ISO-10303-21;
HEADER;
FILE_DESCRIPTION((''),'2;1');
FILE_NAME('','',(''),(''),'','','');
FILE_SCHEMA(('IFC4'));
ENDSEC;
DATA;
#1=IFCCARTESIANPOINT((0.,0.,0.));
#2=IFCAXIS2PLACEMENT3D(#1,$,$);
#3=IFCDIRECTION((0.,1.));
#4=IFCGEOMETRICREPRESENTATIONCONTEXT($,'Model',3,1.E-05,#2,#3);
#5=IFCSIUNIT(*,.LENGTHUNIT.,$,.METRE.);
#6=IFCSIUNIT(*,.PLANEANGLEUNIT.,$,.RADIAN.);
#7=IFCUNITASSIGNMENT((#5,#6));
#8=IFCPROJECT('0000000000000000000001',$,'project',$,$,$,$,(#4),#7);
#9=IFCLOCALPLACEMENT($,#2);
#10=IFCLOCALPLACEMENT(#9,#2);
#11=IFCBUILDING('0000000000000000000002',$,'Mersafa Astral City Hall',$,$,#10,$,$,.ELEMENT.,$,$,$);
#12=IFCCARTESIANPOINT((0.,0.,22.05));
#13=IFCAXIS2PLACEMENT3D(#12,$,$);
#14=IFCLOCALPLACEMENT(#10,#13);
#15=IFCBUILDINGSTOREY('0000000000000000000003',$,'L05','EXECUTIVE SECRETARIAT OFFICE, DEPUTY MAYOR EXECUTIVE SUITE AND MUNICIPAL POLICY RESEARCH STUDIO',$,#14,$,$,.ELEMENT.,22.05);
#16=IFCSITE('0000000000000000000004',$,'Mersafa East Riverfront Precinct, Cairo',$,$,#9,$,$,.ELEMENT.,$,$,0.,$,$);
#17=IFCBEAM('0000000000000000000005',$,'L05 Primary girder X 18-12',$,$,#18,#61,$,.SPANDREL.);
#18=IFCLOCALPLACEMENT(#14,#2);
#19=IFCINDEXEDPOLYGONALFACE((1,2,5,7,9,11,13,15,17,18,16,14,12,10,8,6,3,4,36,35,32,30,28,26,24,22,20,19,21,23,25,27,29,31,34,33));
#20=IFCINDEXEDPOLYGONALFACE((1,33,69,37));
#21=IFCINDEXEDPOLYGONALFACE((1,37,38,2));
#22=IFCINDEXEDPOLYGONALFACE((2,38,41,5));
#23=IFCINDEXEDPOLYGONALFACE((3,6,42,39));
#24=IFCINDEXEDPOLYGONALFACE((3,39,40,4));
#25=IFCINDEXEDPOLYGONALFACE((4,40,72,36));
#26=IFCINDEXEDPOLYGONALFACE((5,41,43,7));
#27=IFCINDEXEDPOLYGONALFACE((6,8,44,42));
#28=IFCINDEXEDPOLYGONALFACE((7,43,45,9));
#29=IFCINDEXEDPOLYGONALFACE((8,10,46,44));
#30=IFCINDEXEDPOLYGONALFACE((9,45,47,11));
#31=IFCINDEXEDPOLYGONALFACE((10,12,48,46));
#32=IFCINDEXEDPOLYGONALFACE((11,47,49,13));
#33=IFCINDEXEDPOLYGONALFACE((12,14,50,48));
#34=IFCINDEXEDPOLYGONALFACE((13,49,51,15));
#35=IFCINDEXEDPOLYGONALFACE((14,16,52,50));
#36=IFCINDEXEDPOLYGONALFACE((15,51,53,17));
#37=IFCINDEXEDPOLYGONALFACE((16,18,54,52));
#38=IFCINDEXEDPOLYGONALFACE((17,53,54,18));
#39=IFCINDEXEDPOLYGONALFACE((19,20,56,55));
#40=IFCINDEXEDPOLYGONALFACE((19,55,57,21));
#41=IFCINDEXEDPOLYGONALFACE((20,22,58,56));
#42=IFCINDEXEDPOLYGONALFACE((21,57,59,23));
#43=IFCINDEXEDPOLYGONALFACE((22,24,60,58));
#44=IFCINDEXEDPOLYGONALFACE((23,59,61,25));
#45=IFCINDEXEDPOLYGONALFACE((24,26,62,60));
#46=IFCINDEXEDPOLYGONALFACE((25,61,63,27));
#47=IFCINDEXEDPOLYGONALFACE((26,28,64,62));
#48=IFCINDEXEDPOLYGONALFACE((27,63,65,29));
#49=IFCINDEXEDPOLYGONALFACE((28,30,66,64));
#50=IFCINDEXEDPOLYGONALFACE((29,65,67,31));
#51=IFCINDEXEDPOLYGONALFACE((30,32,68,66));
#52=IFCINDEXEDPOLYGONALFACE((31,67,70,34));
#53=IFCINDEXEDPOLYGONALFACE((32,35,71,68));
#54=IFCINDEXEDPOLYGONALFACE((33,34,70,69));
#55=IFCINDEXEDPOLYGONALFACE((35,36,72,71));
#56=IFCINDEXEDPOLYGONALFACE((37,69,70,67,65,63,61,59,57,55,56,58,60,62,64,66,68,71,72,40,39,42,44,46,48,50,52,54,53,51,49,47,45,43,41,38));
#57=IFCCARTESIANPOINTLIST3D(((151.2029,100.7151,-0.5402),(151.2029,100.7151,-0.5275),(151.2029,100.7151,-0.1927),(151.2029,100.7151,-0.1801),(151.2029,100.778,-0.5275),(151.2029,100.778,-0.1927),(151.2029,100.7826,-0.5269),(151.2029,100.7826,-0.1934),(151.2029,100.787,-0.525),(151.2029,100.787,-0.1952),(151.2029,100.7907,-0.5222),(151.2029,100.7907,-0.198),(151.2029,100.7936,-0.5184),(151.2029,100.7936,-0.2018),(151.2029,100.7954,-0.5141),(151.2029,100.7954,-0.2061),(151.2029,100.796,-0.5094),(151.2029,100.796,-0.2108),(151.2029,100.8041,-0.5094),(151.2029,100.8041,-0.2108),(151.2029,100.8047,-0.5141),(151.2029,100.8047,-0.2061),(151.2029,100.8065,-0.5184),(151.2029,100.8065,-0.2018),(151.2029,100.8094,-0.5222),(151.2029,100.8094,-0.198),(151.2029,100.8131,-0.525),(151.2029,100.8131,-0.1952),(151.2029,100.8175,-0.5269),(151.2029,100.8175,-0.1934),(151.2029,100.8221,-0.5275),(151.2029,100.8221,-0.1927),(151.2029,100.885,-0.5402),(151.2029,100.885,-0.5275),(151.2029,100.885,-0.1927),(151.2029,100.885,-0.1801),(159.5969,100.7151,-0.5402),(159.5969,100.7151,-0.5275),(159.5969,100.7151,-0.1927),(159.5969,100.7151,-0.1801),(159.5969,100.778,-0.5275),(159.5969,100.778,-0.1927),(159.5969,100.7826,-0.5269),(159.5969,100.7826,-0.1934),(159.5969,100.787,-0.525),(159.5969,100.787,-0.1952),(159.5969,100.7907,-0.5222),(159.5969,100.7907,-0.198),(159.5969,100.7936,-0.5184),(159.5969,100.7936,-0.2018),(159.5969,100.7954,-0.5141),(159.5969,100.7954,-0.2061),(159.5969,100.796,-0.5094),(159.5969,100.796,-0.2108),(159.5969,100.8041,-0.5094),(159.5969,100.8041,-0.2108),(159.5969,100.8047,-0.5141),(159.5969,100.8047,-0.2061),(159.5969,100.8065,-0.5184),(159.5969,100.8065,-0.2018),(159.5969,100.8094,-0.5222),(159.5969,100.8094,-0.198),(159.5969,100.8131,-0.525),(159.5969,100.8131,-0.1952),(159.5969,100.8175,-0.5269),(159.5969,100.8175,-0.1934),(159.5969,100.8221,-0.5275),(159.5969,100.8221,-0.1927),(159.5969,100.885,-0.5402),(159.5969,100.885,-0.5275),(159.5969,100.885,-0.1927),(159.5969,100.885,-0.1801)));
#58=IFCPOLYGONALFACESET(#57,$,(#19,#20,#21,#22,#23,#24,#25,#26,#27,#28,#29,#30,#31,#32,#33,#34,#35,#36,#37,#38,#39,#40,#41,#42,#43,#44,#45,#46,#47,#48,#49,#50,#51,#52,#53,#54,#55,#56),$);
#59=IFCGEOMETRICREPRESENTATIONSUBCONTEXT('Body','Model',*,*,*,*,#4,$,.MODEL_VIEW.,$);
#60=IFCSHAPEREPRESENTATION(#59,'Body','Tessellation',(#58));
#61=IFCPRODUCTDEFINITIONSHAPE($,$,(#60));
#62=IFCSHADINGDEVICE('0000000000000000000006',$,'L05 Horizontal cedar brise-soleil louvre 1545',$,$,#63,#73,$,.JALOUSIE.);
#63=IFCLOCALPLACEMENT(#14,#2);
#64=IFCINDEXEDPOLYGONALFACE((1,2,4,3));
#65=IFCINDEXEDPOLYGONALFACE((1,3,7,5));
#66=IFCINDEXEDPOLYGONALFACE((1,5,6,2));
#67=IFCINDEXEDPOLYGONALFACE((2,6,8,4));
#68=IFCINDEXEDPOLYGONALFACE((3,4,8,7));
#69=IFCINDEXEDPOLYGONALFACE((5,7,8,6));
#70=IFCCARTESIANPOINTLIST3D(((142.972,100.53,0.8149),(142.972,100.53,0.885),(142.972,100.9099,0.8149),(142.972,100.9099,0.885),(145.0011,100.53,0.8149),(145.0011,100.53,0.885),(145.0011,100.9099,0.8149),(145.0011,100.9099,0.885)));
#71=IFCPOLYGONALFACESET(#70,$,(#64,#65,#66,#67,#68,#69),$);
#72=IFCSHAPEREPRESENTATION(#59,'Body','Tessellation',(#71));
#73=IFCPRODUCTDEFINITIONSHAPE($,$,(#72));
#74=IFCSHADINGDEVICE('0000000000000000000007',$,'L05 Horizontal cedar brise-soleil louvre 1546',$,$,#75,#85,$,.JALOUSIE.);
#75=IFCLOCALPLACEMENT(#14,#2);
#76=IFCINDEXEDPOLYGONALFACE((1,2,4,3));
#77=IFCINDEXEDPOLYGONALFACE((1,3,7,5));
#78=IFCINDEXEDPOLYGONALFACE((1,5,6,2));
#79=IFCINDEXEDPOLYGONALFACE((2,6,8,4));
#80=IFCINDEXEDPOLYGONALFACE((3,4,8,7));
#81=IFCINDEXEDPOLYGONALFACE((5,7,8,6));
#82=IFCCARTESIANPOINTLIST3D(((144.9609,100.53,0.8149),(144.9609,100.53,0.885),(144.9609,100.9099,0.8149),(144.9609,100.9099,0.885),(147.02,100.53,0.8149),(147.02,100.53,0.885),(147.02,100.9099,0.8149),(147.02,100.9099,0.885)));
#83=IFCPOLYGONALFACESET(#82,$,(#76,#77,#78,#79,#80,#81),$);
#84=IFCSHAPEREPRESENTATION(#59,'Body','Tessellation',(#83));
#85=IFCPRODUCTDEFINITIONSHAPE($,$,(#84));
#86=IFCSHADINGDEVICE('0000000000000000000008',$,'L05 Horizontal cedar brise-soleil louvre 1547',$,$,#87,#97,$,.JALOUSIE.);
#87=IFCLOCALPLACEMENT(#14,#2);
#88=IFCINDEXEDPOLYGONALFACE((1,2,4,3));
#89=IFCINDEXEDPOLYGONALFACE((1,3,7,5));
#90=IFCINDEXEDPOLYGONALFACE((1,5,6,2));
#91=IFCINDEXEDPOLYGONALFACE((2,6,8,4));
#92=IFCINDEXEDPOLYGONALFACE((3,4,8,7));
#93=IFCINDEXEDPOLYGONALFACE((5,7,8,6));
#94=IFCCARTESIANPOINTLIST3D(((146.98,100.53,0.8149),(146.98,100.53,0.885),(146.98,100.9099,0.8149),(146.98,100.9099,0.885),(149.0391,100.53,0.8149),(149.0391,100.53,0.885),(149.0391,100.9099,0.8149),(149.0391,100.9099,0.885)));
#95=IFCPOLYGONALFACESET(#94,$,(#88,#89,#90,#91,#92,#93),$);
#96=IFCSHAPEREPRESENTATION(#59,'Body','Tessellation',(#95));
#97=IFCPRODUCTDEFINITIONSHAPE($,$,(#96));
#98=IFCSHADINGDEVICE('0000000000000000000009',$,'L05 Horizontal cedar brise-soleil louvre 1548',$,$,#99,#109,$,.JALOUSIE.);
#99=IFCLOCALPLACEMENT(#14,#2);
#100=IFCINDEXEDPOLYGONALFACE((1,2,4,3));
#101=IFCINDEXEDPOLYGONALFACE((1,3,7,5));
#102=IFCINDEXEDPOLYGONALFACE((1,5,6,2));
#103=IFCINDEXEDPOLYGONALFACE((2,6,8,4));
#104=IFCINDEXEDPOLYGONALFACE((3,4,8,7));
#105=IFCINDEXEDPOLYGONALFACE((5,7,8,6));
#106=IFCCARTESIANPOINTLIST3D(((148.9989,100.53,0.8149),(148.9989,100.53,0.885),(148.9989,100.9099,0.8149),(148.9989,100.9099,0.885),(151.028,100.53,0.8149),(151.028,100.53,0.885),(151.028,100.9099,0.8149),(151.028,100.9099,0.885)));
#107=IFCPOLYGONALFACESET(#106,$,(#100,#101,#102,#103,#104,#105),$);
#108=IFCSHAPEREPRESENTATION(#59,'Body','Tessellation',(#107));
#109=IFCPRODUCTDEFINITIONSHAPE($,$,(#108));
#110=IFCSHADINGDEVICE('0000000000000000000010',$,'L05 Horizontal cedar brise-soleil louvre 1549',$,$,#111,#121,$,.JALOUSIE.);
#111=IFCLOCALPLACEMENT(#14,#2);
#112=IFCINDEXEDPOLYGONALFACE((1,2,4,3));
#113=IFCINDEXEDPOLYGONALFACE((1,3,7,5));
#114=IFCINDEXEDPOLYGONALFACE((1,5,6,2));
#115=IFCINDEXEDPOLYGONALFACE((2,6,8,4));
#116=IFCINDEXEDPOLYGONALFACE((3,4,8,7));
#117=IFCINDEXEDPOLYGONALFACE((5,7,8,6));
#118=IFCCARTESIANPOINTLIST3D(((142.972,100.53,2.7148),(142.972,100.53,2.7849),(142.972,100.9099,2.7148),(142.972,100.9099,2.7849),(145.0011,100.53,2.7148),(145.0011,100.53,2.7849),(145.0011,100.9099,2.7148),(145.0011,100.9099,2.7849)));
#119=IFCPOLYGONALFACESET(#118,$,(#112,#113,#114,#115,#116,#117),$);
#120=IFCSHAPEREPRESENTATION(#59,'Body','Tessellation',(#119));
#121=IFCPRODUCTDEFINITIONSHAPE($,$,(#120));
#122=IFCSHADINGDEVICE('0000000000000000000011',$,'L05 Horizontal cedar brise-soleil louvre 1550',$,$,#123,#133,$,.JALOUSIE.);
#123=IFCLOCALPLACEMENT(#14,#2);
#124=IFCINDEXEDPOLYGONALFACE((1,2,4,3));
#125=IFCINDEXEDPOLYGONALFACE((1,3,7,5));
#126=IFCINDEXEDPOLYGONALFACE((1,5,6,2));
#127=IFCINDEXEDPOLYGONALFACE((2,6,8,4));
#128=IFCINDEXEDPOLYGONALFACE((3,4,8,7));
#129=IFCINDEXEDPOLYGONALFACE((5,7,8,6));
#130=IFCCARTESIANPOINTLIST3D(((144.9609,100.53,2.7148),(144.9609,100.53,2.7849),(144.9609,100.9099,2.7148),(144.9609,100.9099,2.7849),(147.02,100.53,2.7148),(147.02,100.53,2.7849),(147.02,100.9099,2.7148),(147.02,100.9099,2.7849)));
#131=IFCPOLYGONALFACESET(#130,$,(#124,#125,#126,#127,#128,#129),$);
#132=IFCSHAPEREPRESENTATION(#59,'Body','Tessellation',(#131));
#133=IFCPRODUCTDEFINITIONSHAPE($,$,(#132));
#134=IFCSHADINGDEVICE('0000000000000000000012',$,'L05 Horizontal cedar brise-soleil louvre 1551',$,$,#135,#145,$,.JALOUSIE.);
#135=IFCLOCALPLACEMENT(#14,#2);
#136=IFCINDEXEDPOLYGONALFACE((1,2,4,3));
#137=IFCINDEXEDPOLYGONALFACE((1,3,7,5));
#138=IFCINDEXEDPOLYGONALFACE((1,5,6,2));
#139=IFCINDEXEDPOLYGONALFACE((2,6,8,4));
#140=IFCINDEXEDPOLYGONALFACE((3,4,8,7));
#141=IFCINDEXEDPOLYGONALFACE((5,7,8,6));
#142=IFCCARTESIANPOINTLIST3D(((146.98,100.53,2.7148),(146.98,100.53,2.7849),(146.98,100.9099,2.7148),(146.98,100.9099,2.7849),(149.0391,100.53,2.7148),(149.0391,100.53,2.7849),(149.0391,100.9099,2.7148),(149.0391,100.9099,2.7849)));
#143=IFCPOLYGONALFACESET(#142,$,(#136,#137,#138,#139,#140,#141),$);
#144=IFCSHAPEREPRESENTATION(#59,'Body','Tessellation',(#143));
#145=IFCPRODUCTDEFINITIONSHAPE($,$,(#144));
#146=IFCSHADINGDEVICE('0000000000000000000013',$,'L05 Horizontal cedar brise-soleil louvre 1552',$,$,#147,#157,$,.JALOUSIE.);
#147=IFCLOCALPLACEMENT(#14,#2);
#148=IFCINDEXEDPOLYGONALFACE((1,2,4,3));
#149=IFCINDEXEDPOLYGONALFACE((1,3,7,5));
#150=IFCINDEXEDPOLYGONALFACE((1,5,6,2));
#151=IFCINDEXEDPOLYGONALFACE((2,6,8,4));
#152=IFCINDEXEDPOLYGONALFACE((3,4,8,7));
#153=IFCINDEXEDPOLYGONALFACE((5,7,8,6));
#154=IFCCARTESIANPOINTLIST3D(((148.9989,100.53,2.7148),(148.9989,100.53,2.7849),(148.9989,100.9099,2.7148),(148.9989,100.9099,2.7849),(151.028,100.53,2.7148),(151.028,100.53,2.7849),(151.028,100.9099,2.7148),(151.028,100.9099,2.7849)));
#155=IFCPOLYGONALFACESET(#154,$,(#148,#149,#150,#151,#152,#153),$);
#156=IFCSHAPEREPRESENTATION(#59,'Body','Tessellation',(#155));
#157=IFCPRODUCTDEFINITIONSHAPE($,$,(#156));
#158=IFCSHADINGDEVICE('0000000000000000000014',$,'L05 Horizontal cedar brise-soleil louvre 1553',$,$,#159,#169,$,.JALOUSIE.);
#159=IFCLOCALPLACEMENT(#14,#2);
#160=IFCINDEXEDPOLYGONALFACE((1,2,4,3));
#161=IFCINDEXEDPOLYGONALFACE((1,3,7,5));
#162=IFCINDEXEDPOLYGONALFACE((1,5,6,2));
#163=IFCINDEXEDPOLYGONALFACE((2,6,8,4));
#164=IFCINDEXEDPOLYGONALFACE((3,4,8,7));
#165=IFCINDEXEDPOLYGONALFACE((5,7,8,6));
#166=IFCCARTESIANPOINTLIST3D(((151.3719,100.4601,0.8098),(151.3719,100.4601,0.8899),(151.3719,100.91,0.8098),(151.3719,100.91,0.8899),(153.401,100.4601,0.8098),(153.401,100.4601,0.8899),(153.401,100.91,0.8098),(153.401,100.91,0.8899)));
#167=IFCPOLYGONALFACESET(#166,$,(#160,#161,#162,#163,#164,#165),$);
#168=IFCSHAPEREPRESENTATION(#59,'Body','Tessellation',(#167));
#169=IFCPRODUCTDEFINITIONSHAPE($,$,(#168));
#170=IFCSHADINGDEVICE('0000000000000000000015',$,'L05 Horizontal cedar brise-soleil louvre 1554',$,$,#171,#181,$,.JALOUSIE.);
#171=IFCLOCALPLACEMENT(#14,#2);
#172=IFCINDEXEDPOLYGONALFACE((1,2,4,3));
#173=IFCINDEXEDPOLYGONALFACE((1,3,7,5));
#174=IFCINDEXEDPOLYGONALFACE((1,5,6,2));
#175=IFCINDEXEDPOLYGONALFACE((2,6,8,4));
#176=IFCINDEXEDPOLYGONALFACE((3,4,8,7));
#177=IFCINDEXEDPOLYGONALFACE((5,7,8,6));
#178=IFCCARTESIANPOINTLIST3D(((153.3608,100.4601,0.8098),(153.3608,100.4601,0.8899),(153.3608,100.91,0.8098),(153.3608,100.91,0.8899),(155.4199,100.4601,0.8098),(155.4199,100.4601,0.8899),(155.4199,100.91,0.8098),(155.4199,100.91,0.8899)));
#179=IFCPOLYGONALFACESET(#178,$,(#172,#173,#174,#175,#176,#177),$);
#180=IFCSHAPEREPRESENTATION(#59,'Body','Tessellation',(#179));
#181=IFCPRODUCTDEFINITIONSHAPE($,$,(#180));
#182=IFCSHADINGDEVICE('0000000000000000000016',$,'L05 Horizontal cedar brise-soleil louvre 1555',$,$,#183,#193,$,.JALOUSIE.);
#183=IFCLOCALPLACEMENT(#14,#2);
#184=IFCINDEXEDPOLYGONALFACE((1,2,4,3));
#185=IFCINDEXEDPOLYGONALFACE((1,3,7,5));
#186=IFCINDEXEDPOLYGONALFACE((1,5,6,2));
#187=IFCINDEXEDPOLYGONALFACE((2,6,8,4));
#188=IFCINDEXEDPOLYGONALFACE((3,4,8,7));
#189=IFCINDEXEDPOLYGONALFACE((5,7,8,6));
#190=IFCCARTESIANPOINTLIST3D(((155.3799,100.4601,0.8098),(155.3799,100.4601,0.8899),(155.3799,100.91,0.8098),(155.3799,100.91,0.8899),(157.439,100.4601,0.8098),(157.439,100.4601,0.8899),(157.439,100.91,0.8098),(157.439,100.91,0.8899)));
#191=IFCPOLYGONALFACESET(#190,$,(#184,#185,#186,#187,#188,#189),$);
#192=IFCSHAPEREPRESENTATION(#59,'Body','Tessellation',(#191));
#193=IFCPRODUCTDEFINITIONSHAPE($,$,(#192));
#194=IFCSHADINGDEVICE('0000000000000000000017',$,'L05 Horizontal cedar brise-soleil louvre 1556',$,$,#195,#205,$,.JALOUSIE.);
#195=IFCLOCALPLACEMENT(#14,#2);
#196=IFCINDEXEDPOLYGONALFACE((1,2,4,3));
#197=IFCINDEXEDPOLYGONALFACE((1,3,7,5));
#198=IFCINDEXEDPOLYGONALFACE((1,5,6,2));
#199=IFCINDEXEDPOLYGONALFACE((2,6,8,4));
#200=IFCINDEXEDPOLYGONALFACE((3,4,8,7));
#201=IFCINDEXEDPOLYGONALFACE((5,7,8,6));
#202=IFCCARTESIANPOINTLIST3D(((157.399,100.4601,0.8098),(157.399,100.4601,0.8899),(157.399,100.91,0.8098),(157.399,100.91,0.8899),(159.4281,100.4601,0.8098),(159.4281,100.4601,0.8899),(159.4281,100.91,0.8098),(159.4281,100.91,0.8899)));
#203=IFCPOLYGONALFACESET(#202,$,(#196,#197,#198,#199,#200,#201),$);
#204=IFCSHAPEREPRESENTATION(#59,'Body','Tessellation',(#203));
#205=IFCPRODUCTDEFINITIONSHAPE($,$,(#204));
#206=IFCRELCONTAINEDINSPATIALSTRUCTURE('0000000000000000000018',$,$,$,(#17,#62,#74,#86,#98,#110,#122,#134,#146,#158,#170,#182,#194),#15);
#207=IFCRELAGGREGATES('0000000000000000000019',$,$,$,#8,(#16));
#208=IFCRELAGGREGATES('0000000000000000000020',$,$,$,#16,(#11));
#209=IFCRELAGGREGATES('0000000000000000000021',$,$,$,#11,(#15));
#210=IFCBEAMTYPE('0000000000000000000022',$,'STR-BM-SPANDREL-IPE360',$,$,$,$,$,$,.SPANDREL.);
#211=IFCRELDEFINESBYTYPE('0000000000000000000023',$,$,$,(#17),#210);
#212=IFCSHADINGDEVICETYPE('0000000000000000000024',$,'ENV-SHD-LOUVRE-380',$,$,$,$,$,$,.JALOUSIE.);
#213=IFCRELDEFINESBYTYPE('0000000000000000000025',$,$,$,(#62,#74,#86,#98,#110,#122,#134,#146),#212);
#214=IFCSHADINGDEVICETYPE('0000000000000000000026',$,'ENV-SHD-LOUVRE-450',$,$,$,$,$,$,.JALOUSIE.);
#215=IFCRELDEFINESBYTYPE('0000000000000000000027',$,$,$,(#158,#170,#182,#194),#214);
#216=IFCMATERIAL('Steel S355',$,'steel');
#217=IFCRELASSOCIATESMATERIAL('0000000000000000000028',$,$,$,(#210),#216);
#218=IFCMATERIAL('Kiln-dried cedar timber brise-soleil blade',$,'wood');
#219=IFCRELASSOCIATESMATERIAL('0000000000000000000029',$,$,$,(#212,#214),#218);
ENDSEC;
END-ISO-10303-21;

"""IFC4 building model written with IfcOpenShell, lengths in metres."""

from ifc_helpers import new_model, si_unit, direction, frame, origin, origin_2d, place, context, subcontext, project, spatial, rectangle, i_section, extrude, material, material_profile, profile_set, type_object, element, save


model = new_model("IFC4")

# Units and contexts
model_context = context("Model", 3, precision=1e-05, world=origin(), true_north=direction((0.0, 1.0)))
body_context = subcontext(model_context, "Body", "Model", "MODEL_VIEW")
ifc_project = project(units=[si_unit("LENGTHUNIT", "METRE"), si_unit("PLANEANGLEUNIT", "RADIAN")], contexts=[model_context])

# Site, building, storey
site_placement = place(None, origin())
site = spatial("IfcSite", under=ifc_project, at=site_placement, Name="Mersafa East Riverfront Precinct, Cairo", CompositionType="ELEMENT", RefElevation=0.0)
building_placement = place(site_placement, origin())
building = spatial("IfcBuilding", under=site, at=building_placement, Name="Mersafa Astral City Hall", CompositionType="ELEMENT")
storey_placement = place(building_placement, frame((0.0, 0.0, 22.05)))
storey = spatial("IfcBuildingStorey", under=building, at=storey_placement, Name="L05", Description="EXECUTIVE SECRETARIAT OFFICE, DEPUTY MAYOR EXECUTIVE SUITE AND MUNICIPAL POLICY RESEARCH STUDIO", CompositionType="ELEMENT", Elevation=22.05)

# Shared definitions
ifc_material_1 = material(Name="Steel S355", Category="steel")

# Beam
ifc_material_profile_1 = material_profile(ifc_material_1, i_section(OverallWidth=0.1699, OverallDepth=0.3601, WebThickness=0.0081, FlangeThickness=0.0127, FilletRadius=0.0181, at=origin_2d()), Name="IPE 360")
ifc_profile_set_1 = profile_set([ifc_material_profile_1], Name="Steel S355")
beam_type_1 = type_object("IfcBeamType", Name="STR-BM-SPANDREL-IPE360", PredefinedType="SPANDREL", material=ifc_profile_set_1)
beam_placement = place(storey_placement, frame((151.2029, 100.8, -0.3601), z_axis=(1.0, 0.0, 0.0), x_axis=(0.0, 1.0, 0.0)))
element("IfcBeam", 1, at=beam_placement, inside=storey, type_object=beam_type_1, Name="L05 Primary girder X 18-12", PredefinedType="SPANDREL", context=body_context, shape_type="SweptSolid", body=[
    extrude(i_section(OverallWidth=0.1699, OverallDepth=0.3601, WebThickness=0.0081, FlangeThickness=0.0127, FilletRadius=0.0181, at=origin_2d()), origin(), (0.0, 0.0, 1.0), 8.394),
])

# Shading devices
ifc_material_2 = material(Name="Kiln-dried cedar timber brise-soleil blade", Category="wood")
shading_device_type_1 = type_object("IfcShadingDeviceType", Name="ENV-SHD-LOUVRE-380", PredefinedType="JALOUSIE", material=ifc_material_2)
shading_device_1_placement = place(storey_placement, frame((143.9866, 100.72, 0.8149), z_axis=(0.0, 0.0, 1.0), x_axis=(1.0, 0.0, 0.0)))
element("IfcShadingDevice", 2, at=shading_device_1_placement, inside=storey, type_object=shading_device_type_1, Name="L05 Horizontal cedar brise-soleil louvre 1545", PredefinedType="JALOUSIE", context=body_context, shape_type="SweptSolid", body=[
    extrude(rectangle(XDim=2.0291, YDim=0.3799, at=origin_2d()), origin(), (0.0, 0.0, 1.0), 0.0701),
])
for number, where, z_axis, x_axis, name in (
    (3, (145.9905, 100.72, 0.8149), (0.0, 0.0, 1.0), (1.0, 0.0, 0.0), "L05 Horizontal cedar brise-soleil louvre 1546"),
    (4, (148.0095, 100.72, 0.8149), (0.0, 0.0, 1.0), (1.0, 0.0, 0.0), "L05 Horizontal cedar brise-soleil louvre 1547"),
):
    element("IfcShadingDevice", number, at=place(storey_placement, frame(where, z_axis=z_axis, x_axis=x_axis)), inside=storey, type_object=shading_device_type_1, Name=name, PredefinedType="JALOUSIE", context=body_context, shape_type="SweptSolid", body=[
        extrude(rectangle(XDim=2.0591, YDim=0.3799, at=origin_2d()), origin(), (0.0, 0.0, 1.0), 0.0701),
    ])
for number, where, z_axis, x_axis, name in (
    (5, (150.0134, 100.72, 0.8149), (0.0, 0.0, 1.0), (1.0, 0.0, 0.0), "L05 Horizontal cedar brise-soleil louvre 1548"),
    (6, (143.9866, 100.72, 2.7148), (0.0, 0.0, 1.0), (1.0, 0.0, 0.0), "L05 Horizontal cedar brise-soleil louvre 1549"),
):
    element("IfcShadingDevice", number, at=place(storey_placement, frame(where, z_axis=z_axis, x_axis=x_axis)), inside=storey, type_object=shading_device_type_1, Name=name, PredefinedType="JALOUSIE", context=body_context, shape_type="SweptSolid", body=[
        extrude(rectangle(XDim=2.0291, YDim=0.3799, at=origin_2d()), origin(), (0.0, 0.0, 1.0), 0.0701),
    ])
for number, where, z_axis, x_axis, name in (
    (7, (145.9905, 100.72, 2.7148), (0.0, 0.0, 1.0), (1.0, 0.0, 0.0), "L05 Horizontal cedar brise-soleil louvre 1550"),
    (8, (148.0095, 100.72, 2.7148), (0.0, 0.0, 1.0), (1.0, 0.0, 0.0), "L05 Horizontal cedar brise-soleil louvre 1551"),
):
    element("IfcShadingDevice", number, at=place(storey_placement, frame(where, z_axis=z_axis, x_axis=x_axis)), inside=storey, type_object=shading_device_type_1, Name=name, PredefinedType="JALOUSIE", context=body_context, shape_type="SweptSolid", body=[
        extrude(rectangle(XDim=2.0591, YDim=0.3799, at=origin_2d()), origin(), (0.0, 0.0, 1.0), 0.0701),
    ])
shading_device_2_placement = place(storey_placement, frame((150.0134, 100.72, 2.7148), z_axis=(0.0, 0.0, 1.0), x_axis=(1.0, 0.0, 0.0)))
element("IfcShadingDevice", 9, at=shading_device_2_placement, inside=storey, type_object=shading_device_type_1, Name="L05 Horizontal cedar brise-soleil louvre 1552", PredefinedType="JALOUSIE", context=body_context, shape_type="SweptSolid", body=[
    extrude(rectangle(XDim=2.0291, YDim=0.3799, at=origin_2d()), origin(), (0.0, 0.0, 1.0), 0.0701),
])
shading_device_type_2 = type_object("IfcShadingDeviceType", Name="ENV-SHD-LOUVRE-450", PredefinedType="JALOUSIE", material=ifc_material_2)
shading_device_3_placement = place(storey_placement, frame((152.3865, 100.6851, 0.8098), z_axis=(0.0, 0.0, 1.0), x_axis=(1.0, 0.0, 0.0)))
element("IfcShadingDevice", 10, at=shading_device_3_placement, inside=storey, type_object=shading_device_type_2, Name="L05 Horizontal cedar brise-soleil louvre 1553", PredefinedType="JALOUSIE", context=body_context, shape_type="SweptSolid", body=[
    extrude(rectangle(XDim=2.0291, YDim=0.45, at=origin_2d()), origin(), (0.0, 0.0, 1.0), 0.0801),
])
for number, where, z_axis, x_axis, name in (
    (11, (154.3904, 100.6851, 0.8098), (0.0, 0.0, 1.0), (1.0, 0.0, 0.0), "L05 Horizontal cedar brise-soleil louvre 1554"),
    (12, (156.4094, 100.6851, 0.8098), (0.0, 0.0, 1.0), (1.0, 0.0, 0.0), "L05 Horizontal cedar brise-soleil louvre 1555"),
):
    element("IfcShadingDevice", number, at=place(storey_placement, frame(where, z_axis=z_axis, x_axis=x_axis)), inside=storey, type_object=shading_device_type_2, Name=name, PredefinedType="JALOUSIE", context=body_context, shape_type="SweptSolid", body=[
        extrude(rectangle(XDim=2.0591, YDim=0.45, at=origin_2d()), origin(), (0.0, 0.0, 1.0), 0.0801),
    ])
for number, where, z_axis, x_axis, name in (
    (13, (158.4136, 100.6851, 0.8098), (0.0, 0.0, 1.0), (1.0, 0.0, 0.0), "L05 Horizontal cedar brise-soleil louvre 1556"),
):
    element("IfcShadingDevice", number, at=place(storey_placement, frame(where, z_axis=z_axis, x_axis=x_axis)), inside=storey, type_object=shading_device_type_2, Name=name, PredefinedType="JALOUSIE", context=body_context, shape_type="SweptSolid", body=[
        extrude(rectangle(XDim=2.0291, YDim=0.45, at=origin_2d()), origin(), (0.0, 0.0, 1.0), 0.0801),
    ])

save(model, "model.ifc")
